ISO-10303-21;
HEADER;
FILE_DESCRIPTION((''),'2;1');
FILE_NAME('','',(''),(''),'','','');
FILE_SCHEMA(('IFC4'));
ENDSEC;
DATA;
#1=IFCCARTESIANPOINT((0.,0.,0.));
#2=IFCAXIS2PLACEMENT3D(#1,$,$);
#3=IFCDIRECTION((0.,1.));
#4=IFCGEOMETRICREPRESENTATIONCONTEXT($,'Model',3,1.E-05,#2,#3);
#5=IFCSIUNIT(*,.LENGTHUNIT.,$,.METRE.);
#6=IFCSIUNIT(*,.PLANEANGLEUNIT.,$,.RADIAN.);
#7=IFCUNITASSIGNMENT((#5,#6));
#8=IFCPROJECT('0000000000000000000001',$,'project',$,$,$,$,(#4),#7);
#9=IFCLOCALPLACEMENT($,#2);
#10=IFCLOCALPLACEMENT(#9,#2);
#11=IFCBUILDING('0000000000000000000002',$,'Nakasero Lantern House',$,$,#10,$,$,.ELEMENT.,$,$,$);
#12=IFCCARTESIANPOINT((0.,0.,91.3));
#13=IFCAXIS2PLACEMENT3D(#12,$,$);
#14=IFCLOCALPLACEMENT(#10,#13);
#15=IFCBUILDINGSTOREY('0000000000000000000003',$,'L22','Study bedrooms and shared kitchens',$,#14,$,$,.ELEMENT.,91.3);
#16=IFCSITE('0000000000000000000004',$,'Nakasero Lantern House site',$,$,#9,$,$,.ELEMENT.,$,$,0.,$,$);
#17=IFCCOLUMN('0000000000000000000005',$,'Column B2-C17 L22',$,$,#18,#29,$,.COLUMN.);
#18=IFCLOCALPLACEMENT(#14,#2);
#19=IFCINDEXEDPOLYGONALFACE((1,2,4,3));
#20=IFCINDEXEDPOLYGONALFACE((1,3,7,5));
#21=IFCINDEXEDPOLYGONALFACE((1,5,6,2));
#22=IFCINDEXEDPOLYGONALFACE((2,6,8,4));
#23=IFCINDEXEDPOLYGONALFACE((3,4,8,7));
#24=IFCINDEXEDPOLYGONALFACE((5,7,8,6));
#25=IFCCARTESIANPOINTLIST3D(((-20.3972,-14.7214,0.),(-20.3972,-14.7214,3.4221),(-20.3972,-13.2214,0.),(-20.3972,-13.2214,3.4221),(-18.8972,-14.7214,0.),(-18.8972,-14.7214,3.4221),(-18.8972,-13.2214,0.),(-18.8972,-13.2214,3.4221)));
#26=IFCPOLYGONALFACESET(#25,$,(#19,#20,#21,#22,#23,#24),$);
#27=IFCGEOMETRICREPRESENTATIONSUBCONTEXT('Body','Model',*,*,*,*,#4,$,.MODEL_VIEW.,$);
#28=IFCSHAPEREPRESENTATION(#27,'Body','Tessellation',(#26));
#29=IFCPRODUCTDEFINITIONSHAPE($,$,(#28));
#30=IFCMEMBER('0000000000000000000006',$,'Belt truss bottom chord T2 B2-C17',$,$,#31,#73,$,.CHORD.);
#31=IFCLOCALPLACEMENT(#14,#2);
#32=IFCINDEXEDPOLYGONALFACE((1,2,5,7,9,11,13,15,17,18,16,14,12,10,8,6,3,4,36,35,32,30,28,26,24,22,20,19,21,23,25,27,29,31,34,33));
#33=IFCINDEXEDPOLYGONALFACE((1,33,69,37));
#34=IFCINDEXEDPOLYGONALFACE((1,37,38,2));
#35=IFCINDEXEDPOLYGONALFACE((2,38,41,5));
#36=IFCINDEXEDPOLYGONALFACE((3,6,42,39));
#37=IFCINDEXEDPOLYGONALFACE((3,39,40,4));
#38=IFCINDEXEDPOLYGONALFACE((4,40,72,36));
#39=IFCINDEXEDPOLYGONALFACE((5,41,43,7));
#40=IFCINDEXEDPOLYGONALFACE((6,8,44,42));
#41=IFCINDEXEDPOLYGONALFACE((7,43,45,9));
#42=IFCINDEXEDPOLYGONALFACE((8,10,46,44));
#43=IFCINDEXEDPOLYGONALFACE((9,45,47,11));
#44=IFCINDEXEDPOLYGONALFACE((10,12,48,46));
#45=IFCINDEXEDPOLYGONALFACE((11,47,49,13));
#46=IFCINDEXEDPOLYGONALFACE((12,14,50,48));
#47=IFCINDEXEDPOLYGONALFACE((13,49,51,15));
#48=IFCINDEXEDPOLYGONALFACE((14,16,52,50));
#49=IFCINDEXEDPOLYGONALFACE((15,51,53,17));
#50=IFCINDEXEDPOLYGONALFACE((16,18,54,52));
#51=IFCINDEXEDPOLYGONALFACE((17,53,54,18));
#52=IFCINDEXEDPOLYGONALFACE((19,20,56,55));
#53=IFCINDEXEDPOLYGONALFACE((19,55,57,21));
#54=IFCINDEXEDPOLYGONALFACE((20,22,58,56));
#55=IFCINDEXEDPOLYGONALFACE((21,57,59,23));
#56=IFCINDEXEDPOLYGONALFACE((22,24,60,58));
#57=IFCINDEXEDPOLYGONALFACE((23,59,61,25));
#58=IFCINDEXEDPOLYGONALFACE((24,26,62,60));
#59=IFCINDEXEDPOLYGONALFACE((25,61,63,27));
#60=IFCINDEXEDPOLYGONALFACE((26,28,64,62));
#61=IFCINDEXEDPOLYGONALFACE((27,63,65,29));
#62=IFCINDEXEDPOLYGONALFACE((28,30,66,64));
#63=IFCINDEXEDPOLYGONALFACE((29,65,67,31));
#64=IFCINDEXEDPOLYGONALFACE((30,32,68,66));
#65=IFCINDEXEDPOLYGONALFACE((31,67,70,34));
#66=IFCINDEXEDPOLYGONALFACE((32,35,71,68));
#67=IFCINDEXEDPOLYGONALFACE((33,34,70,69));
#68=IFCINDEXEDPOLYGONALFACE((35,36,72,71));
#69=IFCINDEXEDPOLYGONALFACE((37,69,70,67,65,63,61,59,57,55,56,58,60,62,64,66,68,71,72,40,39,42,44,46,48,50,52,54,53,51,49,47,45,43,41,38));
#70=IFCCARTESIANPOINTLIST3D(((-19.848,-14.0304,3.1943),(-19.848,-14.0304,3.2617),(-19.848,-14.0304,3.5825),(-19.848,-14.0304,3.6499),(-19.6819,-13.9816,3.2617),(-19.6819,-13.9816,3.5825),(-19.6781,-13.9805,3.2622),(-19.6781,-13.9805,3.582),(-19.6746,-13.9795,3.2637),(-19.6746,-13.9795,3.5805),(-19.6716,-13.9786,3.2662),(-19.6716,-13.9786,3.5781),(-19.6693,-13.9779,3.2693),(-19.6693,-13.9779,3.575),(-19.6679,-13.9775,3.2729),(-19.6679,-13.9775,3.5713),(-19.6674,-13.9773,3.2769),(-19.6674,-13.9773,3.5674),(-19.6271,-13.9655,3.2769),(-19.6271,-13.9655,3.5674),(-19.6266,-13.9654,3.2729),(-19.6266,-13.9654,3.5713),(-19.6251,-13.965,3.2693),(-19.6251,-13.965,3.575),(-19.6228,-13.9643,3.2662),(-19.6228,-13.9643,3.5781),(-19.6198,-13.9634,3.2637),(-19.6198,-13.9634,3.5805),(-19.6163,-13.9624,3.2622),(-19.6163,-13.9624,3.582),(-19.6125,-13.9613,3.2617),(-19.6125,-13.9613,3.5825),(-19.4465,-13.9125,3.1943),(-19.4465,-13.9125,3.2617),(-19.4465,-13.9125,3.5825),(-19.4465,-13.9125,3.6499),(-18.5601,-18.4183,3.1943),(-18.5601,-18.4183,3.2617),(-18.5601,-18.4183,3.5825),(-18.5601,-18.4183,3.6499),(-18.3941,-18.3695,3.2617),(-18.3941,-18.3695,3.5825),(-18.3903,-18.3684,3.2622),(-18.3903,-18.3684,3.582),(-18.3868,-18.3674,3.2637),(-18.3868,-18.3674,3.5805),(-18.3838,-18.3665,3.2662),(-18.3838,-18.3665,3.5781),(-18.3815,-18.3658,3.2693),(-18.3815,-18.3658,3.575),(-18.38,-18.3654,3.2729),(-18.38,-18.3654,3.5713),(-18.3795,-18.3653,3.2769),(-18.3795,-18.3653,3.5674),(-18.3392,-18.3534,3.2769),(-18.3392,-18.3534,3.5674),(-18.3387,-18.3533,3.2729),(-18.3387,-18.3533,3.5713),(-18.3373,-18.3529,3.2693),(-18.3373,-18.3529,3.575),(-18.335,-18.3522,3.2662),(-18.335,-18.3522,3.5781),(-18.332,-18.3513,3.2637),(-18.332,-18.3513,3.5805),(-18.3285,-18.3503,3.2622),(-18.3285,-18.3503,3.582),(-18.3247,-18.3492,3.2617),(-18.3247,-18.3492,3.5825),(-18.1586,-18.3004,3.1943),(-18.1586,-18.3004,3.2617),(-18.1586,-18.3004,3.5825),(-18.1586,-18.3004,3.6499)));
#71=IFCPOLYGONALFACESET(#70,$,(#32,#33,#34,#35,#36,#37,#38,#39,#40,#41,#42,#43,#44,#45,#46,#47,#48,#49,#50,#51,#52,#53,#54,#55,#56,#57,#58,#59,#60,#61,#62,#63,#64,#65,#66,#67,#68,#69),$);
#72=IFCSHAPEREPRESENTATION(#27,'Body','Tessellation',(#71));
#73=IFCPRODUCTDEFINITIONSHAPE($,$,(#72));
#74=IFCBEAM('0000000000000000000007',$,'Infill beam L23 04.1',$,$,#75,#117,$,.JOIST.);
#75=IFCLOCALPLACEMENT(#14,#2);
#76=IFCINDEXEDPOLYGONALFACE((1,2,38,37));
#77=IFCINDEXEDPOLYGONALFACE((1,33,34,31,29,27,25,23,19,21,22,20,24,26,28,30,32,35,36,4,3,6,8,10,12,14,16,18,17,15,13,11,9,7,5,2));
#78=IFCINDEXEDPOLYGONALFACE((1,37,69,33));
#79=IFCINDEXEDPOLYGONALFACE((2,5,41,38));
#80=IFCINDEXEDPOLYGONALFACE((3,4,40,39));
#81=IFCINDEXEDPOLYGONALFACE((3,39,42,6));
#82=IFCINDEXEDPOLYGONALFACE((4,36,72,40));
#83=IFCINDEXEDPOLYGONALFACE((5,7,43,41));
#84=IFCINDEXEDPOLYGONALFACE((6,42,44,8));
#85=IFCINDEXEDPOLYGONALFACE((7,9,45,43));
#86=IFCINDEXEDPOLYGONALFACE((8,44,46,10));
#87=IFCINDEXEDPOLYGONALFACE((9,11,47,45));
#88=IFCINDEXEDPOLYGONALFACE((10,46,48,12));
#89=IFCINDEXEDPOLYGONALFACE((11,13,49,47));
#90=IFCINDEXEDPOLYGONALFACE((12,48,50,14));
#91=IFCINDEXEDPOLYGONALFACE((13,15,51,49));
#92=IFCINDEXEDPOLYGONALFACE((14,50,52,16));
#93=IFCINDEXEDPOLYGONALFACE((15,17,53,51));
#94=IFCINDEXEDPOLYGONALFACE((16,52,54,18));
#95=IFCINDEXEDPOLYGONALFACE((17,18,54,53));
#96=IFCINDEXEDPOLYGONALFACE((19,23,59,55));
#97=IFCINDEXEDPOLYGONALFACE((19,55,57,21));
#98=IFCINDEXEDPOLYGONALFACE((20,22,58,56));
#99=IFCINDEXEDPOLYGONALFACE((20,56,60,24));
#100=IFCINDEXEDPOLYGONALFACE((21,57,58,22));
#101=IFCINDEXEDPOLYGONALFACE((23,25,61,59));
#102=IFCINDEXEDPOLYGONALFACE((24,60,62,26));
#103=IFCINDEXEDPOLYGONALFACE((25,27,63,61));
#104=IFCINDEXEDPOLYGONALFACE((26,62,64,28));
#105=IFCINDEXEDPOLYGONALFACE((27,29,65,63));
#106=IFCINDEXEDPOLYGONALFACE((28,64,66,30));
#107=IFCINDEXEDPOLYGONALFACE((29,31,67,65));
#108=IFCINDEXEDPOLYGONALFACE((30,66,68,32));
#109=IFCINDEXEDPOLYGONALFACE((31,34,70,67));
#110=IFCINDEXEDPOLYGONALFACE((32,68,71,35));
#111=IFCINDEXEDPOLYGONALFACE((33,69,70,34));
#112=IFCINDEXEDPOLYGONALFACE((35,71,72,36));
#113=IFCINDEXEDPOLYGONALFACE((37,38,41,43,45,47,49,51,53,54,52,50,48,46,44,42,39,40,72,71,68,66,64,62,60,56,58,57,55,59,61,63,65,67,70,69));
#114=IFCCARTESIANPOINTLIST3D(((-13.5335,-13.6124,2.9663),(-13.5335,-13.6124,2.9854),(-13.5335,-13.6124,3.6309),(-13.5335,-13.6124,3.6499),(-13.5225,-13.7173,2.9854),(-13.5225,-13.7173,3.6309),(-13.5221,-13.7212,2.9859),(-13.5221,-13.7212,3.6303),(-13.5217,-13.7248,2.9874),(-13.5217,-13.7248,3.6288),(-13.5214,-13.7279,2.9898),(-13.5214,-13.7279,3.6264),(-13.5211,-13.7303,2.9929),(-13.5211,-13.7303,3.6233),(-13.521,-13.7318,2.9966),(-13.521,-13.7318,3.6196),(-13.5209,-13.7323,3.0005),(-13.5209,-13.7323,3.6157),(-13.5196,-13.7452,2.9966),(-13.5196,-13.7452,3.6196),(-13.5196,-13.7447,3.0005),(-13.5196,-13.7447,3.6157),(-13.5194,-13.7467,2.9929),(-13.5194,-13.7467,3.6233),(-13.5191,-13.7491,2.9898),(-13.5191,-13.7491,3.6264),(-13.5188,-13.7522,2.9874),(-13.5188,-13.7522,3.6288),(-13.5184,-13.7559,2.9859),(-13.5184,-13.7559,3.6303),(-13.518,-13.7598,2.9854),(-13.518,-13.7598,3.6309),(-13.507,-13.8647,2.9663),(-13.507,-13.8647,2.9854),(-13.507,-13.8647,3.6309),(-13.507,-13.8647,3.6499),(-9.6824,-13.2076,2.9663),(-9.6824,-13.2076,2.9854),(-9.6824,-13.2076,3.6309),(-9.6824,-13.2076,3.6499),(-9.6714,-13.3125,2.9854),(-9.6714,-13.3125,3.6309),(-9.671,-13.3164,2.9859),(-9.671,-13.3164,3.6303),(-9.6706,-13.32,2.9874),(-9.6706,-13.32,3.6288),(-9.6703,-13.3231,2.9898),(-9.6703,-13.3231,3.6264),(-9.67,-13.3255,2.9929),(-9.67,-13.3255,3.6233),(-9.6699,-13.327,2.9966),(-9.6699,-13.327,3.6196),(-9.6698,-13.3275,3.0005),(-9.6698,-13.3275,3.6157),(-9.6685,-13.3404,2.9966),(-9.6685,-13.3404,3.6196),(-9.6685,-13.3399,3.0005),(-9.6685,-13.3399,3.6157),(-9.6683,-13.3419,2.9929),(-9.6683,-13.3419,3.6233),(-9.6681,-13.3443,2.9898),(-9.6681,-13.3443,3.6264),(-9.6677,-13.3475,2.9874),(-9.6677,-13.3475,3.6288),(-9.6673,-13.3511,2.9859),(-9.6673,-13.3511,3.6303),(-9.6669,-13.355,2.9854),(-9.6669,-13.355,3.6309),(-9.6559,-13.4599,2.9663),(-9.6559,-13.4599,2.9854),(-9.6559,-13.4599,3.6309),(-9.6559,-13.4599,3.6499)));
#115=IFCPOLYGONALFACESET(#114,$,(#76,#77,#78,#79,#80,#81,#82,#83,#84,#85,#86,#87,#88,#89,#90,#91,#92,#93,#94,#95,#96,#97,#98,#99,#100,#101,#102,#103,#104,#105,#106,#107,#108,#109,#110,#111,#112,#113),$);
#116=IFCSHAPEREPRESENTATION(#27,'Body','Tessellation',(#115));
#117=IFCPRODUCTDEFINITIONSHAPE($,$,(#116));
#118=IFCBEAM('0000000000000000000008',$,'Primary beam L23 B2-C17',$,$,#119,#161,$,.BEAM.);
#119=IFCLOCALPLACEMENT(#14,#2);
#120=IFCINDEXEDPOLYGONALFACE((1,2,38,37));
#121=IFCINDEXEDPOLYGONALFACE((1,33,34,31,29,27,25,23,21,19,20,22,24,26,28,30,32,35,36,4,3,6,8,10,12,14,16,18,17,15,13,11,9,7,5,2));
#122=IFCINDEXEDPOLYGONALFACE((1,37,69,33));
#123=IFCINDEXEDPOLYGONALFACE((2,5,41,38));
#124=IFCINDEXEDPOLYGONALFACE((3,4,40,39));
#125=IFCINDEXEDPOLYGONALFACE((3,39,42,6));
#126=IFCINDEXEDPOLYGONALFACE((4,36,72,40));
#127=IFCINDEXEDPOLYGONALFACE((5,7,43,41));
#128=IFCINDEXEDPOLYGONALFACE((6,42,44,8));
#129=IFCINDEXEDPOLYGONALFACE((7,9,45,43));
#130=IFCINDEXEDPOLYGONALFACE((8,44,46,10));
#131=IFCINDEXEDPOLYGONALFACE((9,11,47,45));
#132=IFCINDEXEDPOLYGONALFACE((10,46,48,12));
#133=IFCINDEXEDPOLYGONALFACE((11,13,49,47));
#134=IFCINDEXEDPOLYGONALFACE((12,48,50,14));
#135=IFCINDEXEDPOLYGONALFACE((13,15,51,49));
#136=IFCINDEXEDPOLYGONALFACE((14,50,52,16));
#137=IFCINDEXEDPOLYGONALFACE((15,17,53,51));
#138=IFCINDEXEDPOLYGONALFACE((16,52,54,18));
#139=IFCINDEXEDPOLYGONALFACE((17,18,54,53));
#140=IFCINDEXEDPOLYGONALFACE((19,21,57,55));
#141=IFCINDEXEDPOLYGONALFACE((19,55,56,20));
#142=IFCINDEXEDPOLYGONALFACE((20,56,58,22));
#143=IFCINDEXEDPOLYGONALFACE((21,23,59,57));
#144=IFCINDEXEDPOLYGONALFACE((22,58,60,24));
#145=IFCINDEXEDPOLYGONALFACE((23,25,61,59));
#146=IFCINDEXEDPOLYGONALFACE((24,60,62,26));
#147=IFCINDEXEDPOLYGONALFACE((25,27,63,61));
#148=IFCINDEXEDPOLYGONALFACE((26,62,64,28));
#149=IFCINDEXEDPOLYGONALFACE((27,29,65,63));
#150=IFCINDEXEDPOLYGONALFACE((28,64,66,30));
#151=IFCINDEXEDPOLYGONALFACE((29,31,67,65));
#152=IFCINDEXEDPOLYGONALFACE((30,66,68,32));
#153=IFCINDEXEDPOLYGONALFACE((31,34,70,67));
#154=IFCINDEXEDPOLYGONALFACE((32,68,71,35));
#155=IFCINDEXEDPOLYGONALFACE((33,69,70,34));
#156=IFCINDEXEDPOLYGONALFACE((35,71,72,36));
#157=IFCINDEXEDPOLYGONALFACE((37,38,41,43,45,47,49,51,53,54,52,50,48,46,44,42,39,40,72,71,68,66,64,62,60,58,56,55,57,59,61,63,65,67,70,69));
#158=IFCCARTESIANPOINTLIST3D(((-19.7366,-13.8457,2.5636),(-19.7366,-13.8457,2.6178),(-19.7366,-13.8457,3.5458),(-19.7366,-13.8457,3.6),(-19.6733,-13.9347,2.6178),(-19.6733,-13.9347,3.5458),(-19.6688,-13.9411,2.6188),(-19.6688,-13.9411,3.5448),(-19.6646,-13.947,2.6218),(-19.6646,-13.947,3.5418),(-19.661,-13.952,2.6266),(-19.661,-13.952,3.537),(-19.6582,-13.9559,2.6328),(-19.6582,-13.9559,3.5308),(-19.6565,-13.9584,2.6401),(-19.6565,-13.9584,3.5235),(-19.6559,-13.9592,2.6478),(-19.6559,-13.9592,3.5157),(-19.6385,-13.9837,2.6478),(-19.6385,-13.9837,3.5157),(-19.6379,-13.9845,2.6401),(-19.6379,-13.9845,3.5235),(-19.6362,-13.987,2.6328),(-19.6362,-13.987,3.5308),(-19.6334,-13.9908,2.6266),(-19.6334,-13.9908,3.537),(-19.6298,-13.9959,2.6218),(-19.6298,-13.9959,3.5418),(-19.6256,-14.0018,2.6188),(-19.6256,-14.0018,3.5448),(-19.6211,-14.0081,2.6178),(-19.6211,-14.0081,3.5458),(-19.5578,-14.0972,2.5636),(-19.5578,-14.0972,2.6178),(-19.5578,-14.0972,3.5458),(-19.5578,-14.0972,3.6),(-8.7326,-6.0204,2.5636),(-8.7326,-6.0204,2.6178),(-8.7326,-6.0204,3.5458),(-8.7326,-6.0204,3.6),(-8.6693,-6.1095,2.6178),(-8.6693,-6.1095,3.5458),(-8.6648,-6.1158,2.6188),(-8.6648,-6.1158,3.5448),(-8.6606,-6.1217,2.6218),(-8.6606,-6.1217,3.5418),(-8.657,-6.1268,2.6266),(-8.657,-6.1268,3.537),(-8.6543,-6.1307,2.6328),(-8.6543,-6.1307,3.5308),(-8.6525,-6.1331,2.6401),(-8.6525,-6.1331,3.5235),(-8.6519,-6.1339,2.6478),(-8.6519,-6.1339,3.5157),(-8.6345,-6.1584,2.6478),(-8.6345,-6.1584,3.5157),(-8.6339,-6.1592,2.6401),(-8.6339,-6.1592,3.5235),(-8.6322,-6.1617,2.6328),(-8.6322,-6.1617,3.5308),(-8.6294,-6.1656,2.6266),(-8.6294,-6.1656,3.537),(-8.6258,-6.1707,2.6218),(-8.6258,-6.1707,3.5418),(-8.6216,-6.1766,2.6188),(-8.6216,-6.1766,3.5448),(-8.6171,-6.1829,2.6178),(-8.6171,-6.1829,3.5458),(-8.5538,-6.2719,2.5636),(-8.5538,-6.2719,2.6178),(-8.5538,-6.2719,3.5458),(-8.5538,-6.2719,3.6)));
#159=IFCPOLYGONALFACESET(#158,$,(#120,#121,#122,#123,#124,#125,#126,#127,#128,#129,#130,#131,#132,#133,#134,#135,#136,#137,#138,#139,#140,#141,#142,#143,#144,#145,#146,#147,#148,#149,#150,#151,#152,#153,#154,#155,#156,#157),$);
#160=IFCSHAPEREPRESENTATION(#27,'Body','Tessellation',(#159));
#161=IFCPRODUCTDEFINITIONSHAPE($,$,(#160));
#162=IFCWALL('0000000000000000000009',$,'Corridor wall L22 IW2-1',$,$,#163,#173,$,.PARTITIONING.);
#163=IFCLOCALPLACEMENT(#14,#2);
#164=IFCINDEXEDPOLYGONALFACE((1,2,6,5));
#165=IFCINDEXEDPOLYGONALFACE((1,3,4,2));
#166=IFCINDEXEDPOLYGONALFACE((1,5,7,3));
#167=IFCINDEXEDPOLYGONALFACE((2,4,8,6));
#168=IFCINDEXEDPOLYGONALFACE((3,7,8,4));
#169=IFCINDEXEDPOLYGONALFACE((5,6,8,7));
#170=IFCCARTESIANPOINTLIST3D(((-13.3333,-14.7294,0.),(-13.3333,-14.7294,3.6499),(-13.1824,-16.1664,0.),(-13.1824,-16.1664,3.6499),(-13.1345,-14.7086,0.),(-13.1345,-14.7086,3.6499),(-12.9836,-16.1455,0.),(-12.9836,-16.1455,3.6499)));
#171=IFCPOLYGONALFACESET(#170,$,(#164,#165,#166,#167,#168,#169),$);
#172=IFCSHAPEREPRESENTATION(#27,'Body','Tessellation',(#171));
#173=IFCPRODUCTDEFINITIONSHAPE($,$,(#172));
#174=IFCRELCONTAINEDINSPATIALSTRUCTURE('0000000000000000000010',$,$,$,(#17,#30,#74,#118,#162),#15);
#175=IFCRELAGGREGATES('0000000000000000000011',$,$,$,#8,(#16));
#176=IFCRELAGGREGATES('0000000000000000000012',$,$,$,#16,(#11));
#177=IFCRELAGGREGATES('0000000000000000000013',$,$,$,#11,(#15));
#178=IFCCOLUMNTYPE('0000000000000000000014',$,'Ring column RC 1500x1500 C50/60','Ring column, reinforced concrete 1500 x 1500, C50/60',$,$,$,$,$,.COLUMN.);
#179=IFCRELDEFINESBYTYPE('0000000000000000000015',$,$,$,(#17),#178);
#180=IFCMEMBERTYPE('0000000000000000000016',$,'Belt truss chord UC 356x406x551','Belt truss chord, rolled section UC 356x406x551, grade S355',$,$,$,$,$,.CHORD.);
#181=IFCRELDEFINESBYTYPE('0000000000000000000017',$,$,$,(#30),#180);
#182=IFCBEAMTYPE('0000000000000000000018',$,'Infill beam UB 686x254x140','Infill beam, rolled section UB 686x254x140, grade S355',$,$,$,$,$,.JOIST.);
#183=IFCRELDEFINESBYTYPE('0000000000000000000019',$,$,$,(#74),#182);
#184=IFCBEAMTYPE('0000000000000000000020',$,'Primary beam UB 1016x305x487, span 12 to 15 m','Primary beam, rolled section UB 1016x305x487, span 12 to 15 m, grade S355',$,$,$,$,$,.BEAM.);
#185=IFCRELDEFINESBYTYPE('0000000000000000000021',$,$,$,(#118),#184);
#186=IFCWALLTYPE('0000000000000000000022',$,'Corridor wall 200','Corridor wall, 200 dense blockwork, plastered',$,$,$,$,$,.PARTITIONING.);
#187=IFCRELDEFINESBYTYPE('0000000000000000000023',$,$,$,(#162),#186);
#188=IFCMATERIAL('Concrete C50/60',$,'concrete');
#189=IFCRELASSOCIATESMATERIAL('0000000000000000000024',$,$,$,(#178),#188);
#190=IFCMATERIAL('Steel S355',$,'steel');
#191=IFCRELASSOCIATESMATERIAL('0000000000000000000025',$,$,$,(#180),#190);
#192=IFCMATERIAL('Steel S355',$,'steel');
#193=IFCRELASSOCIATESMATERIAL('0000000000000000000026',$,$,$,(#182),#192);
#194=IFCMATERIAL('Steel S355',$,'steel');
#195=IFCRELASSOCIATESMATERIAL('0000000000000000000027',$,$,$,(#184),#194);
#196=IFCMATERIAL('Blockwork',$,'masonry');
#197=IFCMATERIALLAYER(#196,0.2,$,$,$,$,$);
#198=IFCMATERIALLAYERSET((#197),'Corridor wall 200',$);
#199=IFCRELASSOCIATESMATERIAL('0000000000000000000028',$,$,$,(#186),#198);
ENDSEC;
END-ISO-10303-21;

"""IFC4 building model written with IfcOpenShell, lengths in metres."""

from ifc_helpers import new_model, si_unit, direction, frame, frame_2d, origin, origin_2d, place, context, subcontext, project, spatial, rectangle, i_section, extrude, material, layer, layer_set, material_profile, profile_set, type_object, element, save


model = new_model("IFC4")

# Units and contexts
model_context = context("Model", 3, precision=1e-05, world=origin(), true_north=direction((0.0, 1.0)))
body_context = subcontext(model_context, "Body", "Model", "MODEL_VIEW")
ifc_project = project(units=[si_unit("LENGTHUNIT", "METRE"), si_unit("PLANEANGLEUNIT", "RADIAN")], contexts=[model_context])

# Site, building, storey
site_placement = place(None, origin())
site = spatial("IfcSite", under=ifc_project, at=site_placement, Name="Nakasero Lantern House site", CompositionType="ELEMENT", RefElevation=0.0)
building_placement = place(site_placement, origin())
building = spatial("IfcBuilding", under=site, at=building_placement, Name="Nakasero Lantern House", CompositionType="ELEMENT")
storey_placement = place(building_placement, frame((0.0, 0.0, 91.3)))
storey = spatial("IfcBuildingStorey", under=building, at=storey_placement, Name="L22", Description="Study bedrooms and shared kitchens", CompositionType="ELEMENT", Elevation=91.3)

# Column
ifc_material_1 = material(Name="Concrete C50/60", Category="concrete")
ifc_material_profile_1 = material_profile(ifc_material_1, rectangle(XDim=1.5, YDim=1.5, at=origin_2d()), Name="RC 1500x1500")
ifc_profile_set_1 = profile_set([ifc_material_profile_1], Name="Concrete C50/60")
column_type = type_object("IfcColumnType", Name="Ring column RC 1500x1500 C50/60", Description="Ring column, reinforced concrete 1500 x 1500, C50/60", PredefinedType="COLUMN", material=ifc_profile_set_1)
column_placement = place(storey_placement, frame((-19.6472, -13.9714, 0.0), z_axis=(0.0, 0.0, 1.0), x_axis=(1.0, 0.0, 0.0)))
element("IfcColumn", 1, at=column_placement, inside=storey, type_object=column_type, Name="Column B2-C17 L22", PredefinedType="COLUMN", context=body_context, shape_type="SweptSolid", body=[
    extrude(rectangle(XDim=1.5, YDim=1.5, at=origin_2d()), origin(), (0.0, 0.0, 1.0), 3.4221),
])

# Member
ifc_material_2 = material(Name="Steel S355", Category="steel")
ifc_material_profile_2 = material_profile(ifc_material_2, i_section(OverallWidth=0.4185, OverallDepth=0.4556, WebThickness=0.042, FlangeThickness=0.0674, FilletRadius=0.0151, at=origin_2d()), Name="UC 356x406x551")
ifc_profile_set_2 = profile_set([ifc_material_profile_2], Name="Steel S355")
member_type = type_object("IfcMemberType", Name="Belt truss chord UC 356x406x551", Description="Belt truss chord, rolled section UC 356x406x551, grade S355", PredefinedType="CHORD", material=ifc_profile_set_2)
member_placement = place(storey_placement, frame((-19.6472, -13.9714, 3.4221), z_axis=(0.281617, -0.959527, 0.0), x_axis=(0.959527, 0.281617, 0.0)))
element("IfcMember", 2, at=member_placement, inside=storey, type_object=member_type, Name="Belt truss bottom chord T2 B2-C17", PredefinedType="CHORD", context=body_context, shape_type="SweptSolid", body=[
    extrude(i_section(OverallWidth=0.4185, OverallDepth=0.4556, WebThickness=0.042, FlangeThickness=0.0674, FilletRadius=0.0151, at=origin_2d()), origin(), (0.0, 0.0, 1.0), 4.573),
])

# Beams
ifc_material_3 = material(Name="Steel S355", Category="steel")
ifc_material_profile_3 = material_profile(ifc_material_3, i_section(OverallWidth=0.2537, OverallDepth=0.6836, WebThickness=0.0125, FlangeThickness=0.019, FilletRadius=0.0151, at=origin_2d()), Name="UB 686x254x140")
ifc_profile_set_3 = profile_set([ifc_material_profile_3], Name="Steel S355")
beam_type_1 = type_object("IfcBeamType", Name="Infill beam UB 686x254x140", Description="Infill beam, rolled section UB 686x254x140, grade S355", PredefinedType="JOIST", material=ifc_profile_set_3)
beam_1_placement = place(storey_placement, frame((-13.5203, -13.7385, 3.3081), z_axis=(0.994521, 0.104534, 0.0), x_axis=(-0.104534, 0.994521, 0.0)))
element("IfcBeam", 3, at=beam_1_placement, inside=storey, type_object=beam_type_1, Name="Infill beam L23 04.1", PredefinedType="JOIST", context=body_context, shape_type="SweptSolid", body=[
    extrude(i_section(OverallWidth=0.2537, OverallDepth=0.6836, WebThickness=0.0125, FlangeThickness=0.019, FilletRadius=0.0151, at=origin_2d()), origin(), (0.0, 0.0, 1.0), 3.8723),
])
ifc_material_4 = material(Name="Steel S355", Category="steel")
ifc_material_profile_4 = material_profile(ifc_material_4, i_section(OverallWidth=0.3086, OverallDepth=1.0364, WebThickness=0.03, FlangeThickness=0.0542, FilletRadius=0.03, at=origin_2d()), Name="UB 1016x305x487")
ifc_profile_set_4 = profile_set([ifc_material_profile_4], Name="Steel S355")
beam_type_2 = type_object("IfcBeamType", Name="Primary beam UB 1016x305x487, span 12 to 15 m", Description="Primary beam, rolled section UB 1016x305x487, span 12 to 15 m, grade S355", PredefinedType="BEAM", material=ifc_profile_set_4)
beam_2_placement = place(storey_placement, frame((-19.6472, -13.9714, 3.0818), z_axis=(0.814948, 0.579533, 0.0), x_axis=(-0.579533, 0.814948, 0.0)))
element("IfcBeam", 4, at=beam_2_placement, inside=storey, type_object=beam_type_2, Name="Primary beam L23 B2-C17", PredefinedType="BEAM", context=body_context, shape_type="SweptSolid", body=[
    extrude(i_section(OverallWidth=0.3086, OverallDepth=1.0364, WebThickness=0.03, FlangeThickness=0.0542, FilletRadius=0.03, at=origin_2d()), origin(), (0.0, 0.0, 1.0), 13.5027),
])

# Wall
ifc_material_5 = material(Name="Blockwork", Category="masonry")
ifc_layer_1 = layer(ifc_material_5, 0.2)
ifc_layer_set_1 = layer_set([ifc_layer_1], Name="Corridor wall 200")
wall_type_1 = type_object("IfcWallType", Name="Corridor wall 200", Description="Corridor wall, 200 dense blockwork, plastered", PredefinedType="PARTITIONING", material=ifc_layer_set_1)
wall_1_placement = place(storey_placement, frame((-13.2339, -14.719, 0.0), z_axis=(0.0, 0.0, 1.0), x_axis=(0.104421, -0.994533, 0.0)))
element("IfcWall", 5, at=wall_1_placement, inside=storey, type_object=wall_type_1, Name="Corridor wall L22 IW2-1", PredefinedType="PARTITIONING", context=body_context, shape_type="SweptSolid", body=[
    extrude(rectangle(XDim=1.4448, YDim=0.2, at=frame_2d((0.7224, 0.0))), origin(), (0.0, 0.0, 1.0), 3.6499),
])

save(model, "model.ifc")
